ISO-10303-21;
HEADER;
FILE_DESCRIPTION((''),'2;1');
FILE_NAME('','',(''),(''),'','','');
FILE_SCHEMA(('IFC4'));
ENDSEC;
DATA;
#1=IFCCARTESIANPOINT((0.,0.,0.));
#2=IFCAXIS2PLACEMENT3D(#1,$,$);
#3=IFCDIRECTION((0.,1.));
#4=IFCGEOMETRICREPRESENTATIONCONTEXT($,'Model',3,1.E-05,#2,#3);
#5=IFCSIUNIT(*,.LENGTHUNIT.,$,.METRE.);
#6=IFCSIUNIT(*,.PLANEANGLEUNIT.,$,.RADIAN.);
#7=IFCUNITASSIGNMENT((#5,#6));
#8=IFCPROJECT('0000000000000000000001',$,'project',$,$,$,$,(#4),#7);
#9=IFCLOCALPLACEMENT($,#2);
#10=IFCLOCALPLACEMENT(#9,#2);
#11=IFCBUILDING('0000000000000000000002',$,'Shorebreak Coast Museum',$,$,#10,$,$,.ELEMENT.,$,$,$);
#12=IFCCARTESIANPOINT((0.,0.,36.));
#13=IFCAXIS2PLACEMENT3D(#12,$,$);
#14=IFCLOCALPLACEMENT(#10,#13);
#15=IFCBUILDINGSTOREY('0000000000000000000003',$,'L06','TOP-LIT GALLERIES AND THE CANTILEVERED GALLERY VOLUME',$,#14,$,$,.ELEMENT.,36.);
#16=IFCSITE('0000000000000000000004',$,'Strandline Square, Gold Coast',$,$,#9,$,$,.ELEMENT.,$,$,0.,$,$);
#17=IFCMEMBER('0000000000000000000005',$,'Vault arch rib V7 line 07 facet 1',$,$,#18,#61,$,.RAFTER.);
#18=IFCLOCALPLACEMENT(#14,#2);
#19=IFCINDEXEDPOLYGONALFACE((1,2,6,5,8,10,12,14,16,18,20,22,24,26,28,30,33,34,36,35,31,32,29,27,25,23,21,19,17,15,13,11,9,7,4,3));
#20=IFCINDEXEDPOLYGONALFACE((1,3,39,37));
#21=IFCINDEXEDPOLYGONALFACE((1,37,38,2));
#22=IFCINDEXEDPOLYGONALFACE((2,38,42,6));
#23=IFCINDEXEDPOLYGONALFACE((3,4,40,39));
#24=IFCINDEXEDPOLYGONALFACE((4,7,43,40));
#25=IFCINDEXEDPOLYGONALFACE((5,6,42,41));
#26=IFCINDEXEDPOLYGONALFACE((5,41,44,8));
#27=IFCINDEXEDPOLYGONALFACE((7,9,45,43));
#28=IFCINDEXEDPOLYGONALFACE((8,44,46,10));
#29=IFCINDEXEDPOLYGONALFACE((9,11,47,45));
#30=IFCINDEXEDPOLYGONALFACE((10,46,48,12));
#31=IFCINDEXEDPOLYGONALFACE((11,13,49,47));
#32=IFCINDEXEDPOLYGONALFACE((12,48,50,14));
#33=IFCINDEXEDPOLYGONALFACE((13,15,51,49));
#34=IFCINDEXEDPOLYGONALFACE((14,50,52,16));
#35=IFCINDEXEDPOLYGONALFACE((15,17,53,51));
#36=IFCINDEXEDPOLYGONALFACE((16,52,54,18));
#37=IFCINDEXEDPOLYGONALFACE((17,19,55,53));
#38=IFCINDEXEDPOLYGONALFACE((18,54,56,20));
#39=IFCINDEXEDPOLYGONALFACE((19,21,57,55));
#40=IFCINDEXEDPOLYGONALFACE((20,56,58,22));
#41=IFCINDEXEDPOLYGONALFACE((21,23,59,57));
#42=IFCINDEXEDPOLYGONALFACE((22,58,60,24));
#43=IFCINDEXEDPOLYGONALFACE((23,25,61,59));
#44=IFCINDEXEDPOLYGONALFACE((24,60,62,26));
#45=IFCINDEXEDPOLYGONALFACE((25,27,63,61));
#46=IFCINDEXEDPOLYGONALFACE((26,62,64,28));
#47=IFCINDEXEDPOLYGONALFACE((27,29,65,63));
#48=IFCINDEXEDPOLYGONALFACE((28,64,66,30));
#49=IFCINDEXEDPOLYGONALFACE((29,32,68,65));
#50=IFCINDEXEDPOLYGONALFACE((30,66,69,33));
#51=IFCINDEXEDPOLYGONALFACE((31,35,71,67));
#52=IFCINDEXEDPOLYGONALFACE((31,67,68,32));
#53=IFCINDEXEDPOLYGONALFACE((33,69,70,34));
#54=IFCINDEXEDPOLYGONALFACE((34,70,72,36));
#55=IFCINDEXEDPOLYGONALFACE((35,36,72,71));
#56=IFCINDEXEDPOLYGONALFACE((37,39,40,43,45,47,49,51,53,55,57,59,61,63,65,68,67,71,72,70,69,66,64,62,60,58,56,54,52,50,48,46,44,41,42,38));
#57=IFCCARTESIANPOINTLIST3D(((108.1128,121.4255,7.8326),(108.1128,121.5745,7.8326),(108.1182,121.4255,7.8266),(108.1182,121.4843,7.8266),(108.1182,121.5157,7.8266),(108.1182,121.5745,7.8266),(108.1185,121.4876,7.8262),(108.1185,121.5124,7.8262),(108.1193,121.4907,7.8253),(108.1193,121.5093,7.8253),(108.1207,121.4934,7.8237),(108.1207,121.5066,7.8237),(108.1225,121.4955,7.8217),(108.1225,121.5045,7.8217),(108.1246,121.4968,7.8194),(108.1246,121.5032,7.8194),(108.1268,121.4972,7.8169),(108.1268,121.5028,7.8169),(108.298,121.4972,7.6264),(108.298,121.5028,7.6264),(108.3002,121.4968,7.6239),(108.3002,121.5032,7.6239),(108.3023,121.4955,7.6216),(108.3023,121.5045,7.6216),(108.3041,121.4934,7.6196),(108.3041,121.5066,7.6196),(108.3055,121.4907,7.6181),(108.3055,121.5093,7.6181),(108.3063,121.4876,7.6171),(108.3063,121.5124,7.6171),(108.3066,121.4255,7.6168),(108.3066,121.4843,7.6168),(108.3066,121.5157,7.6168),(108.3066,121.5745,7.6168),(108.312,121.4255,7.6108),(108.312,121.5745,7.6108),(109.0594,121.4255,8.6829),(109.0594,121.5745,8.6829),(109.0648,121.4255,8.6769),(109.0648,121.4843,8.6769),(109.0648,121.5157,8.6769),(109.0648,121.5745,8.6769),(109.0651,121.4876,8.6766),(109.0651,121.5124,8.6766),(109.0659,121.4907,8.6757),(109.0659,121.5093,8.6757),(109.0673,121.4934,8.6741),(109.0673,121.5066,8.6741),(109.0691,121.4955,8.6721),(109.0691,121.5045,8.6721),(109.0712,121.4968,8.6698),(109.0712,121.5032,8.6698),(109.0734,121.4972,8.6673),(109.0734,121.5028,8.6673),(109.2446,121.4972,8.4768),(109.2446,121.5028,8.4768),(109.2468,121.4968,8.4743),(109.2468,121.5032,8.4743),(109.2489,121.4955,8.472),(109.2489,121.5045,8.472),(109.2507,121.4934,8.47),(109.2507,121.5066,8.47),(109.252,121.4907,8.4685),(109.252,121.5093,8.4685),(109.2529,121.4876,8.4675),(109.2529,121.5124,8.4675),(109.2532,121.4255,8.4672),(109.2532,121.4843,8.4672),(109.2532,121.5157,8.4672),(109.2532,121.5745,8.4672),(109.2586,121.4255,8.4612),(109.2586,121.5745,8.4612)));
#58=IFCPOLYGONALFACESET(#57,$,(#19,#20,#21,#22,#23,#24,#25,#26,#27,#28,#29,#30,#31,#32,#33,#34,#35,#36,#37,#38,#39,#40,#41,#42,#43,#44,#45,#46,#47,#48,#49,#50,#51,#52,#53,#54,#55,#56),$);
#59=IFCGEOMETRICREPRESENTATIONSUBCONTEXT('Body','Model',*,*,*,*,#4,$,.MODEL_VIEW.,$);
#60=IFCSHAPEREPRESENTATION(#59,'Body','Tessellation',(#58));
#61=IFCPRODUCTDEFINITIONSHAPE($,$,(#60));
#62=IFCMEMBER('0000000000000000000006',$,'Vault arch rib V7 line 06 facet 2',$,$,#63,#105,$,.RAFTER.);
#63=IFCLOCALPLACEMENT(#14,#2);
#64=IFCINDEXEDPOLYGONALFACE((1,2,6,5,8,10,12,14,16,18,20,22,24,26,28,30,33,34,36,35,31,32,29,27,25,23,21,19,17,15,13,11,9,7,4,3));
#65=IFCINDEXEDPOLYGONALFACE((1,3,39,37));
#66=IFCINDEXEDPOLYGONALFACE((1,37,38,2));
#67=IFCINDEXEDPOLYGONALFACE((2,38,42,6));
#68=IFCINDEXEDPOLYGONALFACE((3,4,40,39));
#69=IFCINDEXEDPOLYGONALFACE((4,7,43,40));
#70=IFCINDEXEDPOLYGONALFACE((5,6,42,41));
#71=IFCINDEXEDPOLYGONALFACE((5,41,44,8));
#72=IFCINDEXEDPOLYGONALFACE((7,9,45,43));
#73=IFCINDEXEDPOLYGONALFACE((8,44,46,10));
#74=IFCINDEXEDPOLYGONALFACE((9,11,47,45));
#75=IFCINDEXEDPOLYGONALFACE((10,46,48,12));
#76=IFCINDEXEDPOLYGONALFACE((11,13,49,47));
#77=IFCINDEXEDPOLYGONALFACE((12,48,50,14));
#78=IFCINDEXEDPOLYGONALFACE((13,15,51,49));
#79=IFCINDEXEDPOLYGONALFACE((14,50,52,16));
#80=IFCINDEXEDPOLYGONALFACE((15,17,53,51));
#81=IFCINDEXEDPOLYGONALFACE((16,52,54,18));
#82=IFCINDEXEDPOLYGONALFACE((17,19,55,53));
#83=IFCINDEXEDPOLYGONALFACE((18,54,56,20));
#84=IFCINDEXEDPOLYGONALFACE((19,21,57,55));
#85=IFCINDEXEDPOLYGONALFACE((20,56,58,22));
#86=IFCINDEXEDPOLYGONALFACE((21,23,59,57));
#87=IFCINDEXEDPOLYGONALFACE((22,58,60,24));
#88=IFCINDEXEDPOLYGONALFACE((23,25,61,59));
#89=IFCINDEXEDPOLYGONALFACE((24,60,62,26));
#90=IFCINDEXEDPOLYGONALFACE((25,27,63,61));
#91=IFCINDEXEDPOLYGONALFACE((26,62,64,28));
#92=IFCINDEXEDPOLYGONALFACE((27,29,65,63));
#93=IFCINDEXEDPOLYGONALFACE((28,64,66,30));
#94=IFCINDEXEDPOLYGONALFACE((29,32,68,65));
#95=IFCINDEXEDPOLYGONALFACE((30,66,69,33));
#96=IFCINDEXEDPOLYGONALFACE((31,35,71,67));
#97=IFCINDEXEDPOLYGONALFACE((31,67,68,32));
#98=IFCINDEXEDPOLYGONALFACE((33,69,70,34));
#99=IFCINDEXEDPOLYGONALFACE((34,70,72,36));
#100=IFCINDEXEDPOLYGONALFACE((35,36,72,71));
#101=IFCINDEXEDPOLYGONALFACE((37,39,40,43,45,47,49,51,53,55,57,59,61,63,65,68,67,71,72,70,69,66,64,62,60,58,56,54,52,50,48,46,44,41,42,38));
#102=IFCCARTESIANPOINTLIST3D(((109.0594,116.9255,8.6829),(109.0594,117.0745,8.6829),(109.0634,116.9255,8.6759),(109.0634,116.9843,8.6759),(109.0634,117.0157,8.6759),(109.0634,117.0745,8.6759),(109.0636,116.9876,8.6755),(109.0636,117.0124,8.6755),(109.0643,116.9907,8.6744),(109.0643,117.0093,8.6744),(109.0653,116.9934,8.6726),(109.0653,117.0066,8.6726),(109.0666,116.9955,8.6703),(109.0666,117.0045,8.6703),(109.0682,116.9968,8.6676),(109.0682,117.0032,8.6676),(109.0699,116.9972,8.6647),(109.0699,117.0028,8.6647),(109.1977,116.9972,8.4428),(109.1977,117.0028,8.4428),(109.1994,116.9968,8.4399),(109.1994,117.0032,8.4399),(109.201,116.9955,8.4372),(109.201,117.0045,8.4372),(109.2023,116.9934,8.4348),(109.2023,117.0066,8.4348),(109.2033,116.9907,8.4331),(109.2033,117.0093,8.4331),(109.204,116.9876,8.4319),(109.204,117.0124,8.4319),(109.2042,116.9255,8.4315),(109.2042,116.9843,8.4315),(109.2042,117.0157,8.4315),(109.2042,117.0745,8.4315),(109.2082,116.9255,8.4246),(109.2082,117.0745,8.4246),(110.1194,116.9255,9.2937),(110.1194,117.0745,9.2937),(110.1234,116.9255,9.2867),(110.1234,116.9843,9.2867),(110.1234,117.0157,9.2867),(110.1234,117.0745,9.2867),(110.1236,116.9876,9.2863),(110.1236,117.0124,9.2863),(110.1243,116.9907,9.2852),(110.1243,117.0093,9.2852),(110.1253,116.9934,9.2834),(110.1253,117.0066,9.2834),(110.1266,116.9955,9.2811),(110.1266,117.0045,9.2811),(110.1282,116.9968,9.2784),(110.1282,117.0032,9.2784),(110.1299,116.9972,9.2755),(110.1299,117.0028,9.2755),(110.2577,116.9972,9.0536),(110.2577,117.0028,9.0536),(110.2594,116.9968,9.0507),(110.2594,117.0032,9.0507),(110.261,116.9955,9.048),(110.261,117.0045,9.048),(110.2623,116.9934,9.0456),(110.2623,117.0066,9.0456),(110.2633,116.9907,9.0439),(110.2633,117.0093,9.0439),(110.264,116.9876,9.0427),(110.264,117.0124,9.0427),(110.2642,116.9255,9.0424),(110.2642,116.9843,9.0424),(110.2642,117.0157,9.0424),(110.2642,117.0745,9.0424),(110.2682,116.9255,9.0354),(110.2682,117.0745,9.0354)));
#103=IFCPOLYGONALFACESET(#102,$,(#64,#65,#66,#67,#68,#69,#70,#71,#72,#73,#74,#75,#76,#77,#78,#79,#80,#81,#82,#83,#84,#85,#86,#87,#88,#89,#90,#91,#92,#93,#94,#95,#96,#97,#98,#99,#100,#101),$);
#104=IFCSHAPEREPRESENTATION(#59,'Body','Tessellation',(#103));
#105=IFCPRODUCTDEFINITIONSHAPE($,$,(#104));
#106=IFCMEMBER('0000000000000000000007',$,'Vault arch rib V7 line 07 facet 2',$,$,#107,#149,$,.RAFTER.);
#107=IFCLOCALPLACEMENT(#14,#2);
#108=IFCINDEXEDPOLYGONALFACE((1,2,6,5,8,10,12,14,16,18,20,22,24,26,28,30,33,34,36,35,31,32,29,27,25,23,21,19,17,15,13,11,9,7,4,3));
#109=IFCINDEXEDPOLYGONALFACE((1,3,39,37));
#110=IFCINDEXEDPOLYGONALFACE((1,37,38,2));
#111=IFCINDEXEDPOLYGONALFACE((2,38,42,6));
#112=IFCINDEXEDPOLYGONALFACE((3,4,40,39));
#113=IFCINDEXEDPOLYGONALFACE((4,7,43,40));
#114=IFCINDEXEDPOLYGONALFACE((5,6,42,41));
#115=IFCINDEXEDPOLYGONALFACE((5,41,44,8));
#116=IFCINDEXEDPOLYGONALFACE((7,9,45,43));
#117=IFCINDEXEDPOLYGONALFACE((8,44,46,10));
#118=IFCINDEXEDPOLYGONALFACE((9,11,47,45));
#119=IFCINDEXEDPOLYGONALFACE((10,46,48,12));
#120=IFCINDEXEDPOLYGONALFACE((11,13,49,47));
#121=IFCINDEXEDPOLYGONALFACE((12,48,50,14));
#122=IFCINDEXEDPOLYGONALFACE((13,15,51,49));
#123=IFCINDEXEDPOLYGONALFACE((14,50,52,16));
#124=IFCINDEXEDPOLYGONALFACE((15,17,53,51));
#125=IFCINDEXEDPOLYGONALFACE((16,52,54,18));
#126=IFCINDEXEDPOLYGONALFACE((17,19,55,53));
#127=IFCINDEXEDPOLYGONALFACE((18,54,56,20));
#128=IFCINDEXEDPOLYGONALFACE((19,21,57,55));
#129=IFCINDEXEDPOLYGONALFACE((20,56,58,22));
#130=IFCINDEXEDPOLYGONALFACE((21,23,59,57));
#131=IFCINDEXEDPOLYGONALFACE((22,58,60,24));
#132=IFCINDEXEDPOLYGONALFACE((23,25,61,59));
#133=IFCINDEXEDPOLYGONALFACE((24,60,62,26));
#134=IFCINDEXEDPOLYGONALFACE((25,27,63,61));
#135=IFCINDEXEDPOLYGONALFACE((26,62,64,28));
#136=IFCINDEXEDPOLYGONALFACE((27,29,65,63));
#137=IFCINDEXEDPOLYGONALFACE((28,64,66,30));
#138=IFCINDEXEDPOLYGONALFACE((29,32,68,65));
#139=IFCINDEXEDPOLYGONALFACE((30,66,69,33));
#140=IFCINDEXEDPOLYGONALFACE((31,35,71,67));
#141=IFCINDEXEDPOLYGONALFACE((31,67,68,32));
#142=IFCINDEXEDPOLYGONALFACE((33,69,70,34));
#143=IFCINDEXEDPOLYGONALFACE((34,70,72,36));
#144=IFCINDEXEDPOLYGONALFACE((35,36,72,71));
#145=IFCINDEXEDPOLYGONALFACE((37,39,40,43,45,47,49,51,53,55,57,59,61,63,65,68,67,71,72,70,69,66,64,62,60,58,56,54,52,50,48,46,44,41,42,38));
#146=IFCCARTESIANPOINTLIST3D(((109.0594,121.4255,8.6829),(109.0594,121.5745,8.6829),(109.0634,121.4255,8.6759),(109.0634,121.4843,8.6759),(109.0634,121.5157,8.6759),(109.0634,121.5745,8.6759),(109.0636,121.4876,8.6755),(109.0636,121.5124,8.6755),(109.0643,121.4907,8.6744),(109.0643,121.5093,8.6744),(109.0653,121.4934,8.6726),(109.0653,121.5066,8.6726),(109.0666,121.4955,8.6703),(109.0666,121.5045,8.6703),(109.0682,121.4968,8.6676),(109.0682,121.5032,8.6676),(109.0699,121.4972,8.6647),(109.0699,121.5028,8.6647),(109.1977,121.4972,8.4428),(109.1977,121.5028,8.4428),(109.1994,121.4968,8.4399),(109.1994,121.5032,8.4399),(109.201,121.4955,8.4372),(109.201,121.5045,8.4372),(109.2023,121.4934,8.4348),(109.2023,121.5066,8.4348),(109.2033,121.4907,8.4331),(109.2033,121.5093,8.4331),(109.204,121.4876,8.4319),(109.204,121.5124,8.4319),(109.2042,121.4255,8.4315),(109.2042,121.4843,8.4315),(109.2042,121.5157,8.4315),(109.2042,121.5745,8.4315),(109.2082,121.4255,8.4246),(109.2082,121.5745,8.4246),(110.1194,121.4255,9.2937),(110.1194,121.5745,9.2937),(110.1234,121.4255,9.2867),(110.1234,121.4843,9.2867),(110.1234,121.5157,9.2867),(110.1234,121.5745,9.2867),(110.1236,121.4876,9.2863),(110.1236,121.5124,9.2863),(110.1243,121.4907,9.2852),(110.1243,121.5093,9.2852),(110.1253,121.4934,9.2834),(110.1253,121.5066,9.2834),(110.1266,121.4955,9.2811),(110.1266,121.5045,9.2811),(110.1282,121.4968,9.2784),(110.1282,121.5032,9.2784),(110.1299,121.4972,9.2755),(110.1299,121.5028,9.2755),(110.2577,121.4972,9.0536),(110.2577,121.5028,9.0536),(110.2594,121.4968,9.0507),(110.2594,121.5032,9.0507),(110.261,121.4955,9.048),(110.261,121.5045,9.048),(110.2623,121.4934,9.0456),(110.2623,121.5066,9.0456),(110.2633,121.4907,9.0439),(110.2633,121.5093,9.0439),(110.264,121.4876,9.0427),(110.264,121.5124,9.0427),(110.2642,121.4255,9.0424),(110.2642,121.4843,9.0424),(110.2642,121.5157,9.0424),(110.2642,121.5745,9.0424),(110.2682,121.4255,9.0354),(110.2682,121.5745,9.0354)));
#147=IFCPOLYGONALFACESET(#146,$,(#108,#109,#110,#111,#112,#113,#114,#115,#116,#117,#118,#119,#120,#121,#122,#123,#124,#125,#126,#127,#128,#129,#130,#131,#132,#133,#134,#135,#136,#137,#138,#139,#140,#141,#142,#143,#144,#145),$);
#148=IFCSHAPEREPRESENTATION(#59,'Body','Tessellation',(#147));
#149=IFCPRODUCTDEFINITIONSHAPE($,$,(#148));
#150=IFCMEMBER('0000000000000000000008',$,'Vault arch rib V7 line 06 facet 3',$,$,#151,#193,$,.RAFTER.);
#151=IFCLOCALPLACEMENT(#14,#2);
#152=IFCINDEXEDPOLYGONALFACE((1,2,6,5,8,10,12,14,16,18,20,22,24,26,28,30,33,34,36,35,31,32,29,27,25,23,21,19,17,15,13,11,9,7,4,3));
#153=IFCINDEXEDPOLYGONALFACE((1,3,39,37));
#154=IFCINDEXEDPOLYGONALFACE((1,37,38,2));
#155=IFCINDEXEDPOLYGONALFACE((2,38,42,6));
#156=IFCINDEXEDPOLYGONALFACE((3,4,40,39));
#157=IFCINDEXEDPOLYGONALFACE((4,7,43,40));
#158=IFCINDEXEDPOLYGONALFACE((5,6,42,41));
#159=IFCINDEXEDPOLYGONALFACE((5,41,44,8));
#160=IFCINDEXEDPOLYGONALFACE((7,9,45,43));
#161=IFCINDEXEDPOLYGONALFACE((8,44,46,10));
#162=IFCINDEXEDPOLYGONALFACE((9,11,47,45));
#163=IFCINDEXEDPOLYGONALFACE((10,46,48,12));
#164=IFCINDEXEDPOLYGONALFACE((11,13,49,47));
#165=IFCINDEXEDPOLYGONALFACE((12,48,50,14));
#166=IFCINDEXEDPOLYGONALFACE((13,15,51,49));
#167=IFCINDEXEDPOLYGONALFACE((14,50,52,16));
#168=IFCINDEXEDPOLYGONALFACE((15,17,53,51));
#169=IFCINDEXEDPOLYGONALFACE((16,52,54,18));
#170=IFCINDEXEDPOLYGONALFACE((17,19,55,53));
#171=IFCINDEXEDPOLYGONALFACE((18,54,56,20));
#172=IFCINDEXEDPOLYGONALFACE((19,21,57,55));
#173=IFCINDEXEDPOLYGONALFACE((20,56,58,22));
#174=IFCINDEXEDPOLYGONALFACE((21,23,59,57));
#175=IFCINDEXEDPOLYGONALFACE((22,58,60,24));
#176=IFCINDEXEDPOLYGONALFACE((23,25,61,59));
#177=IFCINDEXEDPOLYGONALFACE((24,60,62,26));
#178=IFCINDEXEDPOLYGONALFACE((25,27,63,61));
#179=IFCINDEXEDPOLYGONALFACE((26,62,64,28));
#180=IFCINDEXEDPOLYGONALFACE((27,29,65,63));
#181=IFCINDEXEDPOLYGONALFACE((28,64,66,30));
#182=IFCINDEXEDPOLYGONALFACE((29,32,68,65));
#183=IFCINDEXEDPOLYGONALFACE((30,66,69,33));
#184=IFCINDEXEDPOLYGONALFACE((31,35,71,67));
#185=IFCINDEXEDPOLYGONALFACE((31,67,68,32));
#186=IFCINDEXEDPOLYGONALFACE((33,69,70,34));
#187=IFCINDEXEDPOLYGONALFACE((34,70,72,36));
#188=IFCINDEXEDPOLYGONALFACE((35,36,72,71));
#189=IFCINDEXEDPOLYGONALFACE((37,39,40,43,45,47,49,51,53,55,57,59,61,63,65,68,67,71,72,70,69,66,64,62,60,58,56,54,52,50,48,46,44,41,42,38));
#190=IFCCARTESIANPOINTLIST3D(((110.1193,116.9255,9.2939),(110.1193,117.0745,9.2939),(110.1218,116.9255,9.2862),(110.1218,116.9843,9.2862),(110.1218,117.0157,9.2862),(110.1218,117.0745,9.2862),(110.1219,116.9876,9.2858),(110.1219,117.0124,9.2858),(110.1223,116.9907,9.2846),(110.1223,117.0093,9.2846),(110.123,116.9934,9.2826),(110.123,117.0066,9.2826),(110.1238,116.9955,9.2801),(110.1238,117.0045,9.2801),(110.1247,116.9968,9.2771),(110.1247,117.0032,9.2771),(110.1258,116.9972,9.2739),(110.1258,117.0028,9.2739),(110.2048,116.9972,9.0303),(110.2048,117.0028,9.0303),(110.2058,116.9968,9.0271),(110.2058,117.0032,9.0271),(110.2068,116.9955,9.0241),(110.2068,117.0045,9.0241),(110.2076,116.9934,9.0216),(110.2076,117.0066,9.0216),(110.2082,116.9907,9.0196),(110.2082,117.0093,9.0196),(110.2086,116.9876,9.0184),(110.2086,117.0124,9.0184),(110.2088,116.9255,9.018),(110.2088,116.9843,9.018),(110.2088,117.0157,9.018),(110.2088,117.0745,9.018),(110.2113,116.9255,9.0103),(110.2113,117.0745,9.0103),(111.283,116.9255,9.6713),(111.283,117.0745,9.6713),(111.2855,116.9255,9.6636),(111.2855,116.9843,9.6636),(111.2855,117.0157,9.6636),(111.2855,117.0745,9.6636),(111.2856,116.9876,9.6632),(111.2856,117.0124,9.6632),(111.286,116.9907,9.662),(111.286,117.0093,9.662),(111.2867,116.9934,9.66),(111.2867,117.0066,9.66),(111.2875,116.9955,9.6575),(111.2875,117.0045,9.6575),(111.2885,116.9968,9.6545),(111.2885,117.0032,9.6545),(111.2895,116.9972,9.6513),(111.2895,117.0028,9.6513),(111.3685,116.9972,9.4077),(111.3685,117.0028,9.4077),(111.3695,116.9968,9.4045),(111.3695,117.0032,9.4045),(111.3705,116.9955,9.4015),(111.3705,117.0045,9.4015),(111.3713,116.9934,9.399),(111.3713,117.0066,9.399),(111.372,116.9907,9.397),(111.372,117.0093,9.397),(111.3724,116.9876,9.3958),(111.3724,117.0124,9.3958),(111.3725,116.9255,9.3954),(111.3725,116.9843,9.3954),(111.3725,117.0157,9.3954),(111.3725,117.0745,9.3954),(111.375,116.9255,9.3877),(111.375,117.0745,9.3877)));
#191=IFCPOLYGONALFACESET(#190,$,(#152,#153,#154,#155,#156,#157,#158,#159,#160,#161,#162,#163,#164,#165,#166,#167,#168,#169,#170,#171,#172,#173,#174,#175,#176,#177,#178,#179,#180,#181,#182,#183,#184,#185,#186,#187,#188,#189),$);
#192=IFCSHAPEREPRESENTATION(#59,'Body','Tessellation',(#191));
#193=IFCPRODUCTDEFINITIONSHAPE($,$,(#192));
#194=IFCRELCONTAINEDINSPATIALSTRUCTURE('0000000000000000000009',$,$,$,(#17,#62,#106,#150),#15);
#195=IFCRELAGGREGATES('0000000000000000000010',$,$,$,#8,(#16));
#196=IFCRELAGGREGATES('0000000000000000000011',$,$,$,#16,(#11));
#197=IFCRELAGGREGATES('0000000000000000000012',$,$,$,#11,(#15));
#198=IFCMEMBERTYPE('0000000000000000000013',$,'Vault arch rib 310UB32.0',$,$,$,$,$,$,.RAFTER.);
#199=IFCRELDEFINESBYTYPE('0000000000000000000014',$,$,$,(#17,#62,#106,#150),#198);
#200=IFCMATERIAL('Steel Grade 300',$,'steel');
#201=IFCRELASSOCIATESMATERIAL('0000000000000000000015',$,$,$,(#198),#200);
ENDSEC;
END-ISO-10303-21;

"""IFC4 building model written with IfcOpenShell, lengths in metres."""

from ifc_helpers import new_model, si_unit, direction, frame, origin, origin_2d, place, context, subcontext, project, spatial, i_section, extrude, material, material_profile, profile_set, type_object, element, save


model = new_model("IFC4")

# Units and contexts
model_context = context("Model", 3, precision=1e-05, world=origin(), true_north=direction((0.0, 1.0)))
body_context = subcontext(model_context, "Body", "Model", "MODEL_VIEW")
ifc_project = project(units=[si_unit("LENGTHUNIT", "METRE"), si_unit("PLANEANGLEUNIT", "RADIAN")], contexts=[model_context])

# Site, building, storey
site_placement = place(None, origin())
site = spatial("IfcSite", under=ifc_project, at=site_placement, Name="Strandline Square, Gold Coast", CompositionType="ELEMENT", RefElevation=0.0)
building_placement = place(site_placement, origin())
building = spatial("IfcBuilding", under=site, at=building_placement, Name="Shorebreak Coast Museum", CompositionType="ELEMENT")
storey_placement = place(building_placement, frame((0.0, 0.0, 36.0)))
storey = spatial("IfcBuildingStorey", under=building, at=storey_placement, Name="L06", Description="TOP-LIT GALLERIES AND THE CANTILEVERED GALLERY VOLUME", CompositionType="ELEMENT", Elevation=36.0)

# Members
ifc_material_1 = material(Name="Steel Grade 300", Category="steel")
ifc_material_profile_1 = material_profile(ifc_material_1, i_section(OverallWidth=0.1489, OverallDepth=0.2981, WebThickness=0.0056, FlangeThickness=0.0081, FilletRadius=0.0129, at=origin_2d()), Name="310UB32.0")
ifc_profile_set_1 = profile_set([ifc_material_profile_1], Name="Steel Grade 300")
member_type_1 = type_object("IfcMemberType", Name="Vault arch rib 310UB32.0", PredefinedType="RAFTER", material=ifc_profile_set_1)
member_1_placement = place(storey_placement, frame((108.2124, 121.5, 7.7217), z_axis=(0.743895, 0.0, 0.668297), x_axis=(0.0, 1.0, 0.0)))
element("IfcMember", 1, at=member_1_placement, inside=storey, type_object=member_type_1, Name="Vault arch rib V7 line 07 facet 1", PredefinedType="RAFTER", context=body_context, shape_type="SweptSolid", body=[
    extrude(i_section(OverallWidth=0.1489, OverallDepth=0.2981, WebThickness=0.0056, FlangeThickness=0.0081, FilletRadius=0.0129, at=origin_2d()), origin(), (0.0, 0.0, 1.0), 1.2725),
])
for number, where, z_axis, x_axis, name in (
    (2, (109.1338, 117.0, 8.5537), (0.866445, 0.0, 0.499273), (0.0, 1.0, 0.0), "Vault arch rib V7 line 06 facet 2"),
    (3, (109.1338, 121.5, 8.5537), (0.866445, 0.0, 0.499273), (0.0, 1.0, 0.0), "Vault arch rib V7 line 07 facet 2"),
    (4, (110.1653, 117.0, 9.1521), (0.951226, 0.0, 0.308495), (0.0, 1.0, 0.0), "Vault arch rib V7 line 06 facet 3"),
):
    element("IfcMember", number, at=place(storey_placement, frame(where, z_axis=z_axis, x_axis=x_axis)), inside=storey, type_object=member_type_1, Name=name, PredefinedType="RAFTER", context=body_context, shape_type="SweptSolid", body=[
        extrude(i_section(OverallWidth=0.1489, OverallDepth=0.2981, WebThickness=0.0056, FlangeThickness=0.0081, FilletRadius=0.0129, at=origin_2d()), origin(), (0.0, 0.0, 1.0), 1.2234),
    ])

save(model, "model.ifc")
